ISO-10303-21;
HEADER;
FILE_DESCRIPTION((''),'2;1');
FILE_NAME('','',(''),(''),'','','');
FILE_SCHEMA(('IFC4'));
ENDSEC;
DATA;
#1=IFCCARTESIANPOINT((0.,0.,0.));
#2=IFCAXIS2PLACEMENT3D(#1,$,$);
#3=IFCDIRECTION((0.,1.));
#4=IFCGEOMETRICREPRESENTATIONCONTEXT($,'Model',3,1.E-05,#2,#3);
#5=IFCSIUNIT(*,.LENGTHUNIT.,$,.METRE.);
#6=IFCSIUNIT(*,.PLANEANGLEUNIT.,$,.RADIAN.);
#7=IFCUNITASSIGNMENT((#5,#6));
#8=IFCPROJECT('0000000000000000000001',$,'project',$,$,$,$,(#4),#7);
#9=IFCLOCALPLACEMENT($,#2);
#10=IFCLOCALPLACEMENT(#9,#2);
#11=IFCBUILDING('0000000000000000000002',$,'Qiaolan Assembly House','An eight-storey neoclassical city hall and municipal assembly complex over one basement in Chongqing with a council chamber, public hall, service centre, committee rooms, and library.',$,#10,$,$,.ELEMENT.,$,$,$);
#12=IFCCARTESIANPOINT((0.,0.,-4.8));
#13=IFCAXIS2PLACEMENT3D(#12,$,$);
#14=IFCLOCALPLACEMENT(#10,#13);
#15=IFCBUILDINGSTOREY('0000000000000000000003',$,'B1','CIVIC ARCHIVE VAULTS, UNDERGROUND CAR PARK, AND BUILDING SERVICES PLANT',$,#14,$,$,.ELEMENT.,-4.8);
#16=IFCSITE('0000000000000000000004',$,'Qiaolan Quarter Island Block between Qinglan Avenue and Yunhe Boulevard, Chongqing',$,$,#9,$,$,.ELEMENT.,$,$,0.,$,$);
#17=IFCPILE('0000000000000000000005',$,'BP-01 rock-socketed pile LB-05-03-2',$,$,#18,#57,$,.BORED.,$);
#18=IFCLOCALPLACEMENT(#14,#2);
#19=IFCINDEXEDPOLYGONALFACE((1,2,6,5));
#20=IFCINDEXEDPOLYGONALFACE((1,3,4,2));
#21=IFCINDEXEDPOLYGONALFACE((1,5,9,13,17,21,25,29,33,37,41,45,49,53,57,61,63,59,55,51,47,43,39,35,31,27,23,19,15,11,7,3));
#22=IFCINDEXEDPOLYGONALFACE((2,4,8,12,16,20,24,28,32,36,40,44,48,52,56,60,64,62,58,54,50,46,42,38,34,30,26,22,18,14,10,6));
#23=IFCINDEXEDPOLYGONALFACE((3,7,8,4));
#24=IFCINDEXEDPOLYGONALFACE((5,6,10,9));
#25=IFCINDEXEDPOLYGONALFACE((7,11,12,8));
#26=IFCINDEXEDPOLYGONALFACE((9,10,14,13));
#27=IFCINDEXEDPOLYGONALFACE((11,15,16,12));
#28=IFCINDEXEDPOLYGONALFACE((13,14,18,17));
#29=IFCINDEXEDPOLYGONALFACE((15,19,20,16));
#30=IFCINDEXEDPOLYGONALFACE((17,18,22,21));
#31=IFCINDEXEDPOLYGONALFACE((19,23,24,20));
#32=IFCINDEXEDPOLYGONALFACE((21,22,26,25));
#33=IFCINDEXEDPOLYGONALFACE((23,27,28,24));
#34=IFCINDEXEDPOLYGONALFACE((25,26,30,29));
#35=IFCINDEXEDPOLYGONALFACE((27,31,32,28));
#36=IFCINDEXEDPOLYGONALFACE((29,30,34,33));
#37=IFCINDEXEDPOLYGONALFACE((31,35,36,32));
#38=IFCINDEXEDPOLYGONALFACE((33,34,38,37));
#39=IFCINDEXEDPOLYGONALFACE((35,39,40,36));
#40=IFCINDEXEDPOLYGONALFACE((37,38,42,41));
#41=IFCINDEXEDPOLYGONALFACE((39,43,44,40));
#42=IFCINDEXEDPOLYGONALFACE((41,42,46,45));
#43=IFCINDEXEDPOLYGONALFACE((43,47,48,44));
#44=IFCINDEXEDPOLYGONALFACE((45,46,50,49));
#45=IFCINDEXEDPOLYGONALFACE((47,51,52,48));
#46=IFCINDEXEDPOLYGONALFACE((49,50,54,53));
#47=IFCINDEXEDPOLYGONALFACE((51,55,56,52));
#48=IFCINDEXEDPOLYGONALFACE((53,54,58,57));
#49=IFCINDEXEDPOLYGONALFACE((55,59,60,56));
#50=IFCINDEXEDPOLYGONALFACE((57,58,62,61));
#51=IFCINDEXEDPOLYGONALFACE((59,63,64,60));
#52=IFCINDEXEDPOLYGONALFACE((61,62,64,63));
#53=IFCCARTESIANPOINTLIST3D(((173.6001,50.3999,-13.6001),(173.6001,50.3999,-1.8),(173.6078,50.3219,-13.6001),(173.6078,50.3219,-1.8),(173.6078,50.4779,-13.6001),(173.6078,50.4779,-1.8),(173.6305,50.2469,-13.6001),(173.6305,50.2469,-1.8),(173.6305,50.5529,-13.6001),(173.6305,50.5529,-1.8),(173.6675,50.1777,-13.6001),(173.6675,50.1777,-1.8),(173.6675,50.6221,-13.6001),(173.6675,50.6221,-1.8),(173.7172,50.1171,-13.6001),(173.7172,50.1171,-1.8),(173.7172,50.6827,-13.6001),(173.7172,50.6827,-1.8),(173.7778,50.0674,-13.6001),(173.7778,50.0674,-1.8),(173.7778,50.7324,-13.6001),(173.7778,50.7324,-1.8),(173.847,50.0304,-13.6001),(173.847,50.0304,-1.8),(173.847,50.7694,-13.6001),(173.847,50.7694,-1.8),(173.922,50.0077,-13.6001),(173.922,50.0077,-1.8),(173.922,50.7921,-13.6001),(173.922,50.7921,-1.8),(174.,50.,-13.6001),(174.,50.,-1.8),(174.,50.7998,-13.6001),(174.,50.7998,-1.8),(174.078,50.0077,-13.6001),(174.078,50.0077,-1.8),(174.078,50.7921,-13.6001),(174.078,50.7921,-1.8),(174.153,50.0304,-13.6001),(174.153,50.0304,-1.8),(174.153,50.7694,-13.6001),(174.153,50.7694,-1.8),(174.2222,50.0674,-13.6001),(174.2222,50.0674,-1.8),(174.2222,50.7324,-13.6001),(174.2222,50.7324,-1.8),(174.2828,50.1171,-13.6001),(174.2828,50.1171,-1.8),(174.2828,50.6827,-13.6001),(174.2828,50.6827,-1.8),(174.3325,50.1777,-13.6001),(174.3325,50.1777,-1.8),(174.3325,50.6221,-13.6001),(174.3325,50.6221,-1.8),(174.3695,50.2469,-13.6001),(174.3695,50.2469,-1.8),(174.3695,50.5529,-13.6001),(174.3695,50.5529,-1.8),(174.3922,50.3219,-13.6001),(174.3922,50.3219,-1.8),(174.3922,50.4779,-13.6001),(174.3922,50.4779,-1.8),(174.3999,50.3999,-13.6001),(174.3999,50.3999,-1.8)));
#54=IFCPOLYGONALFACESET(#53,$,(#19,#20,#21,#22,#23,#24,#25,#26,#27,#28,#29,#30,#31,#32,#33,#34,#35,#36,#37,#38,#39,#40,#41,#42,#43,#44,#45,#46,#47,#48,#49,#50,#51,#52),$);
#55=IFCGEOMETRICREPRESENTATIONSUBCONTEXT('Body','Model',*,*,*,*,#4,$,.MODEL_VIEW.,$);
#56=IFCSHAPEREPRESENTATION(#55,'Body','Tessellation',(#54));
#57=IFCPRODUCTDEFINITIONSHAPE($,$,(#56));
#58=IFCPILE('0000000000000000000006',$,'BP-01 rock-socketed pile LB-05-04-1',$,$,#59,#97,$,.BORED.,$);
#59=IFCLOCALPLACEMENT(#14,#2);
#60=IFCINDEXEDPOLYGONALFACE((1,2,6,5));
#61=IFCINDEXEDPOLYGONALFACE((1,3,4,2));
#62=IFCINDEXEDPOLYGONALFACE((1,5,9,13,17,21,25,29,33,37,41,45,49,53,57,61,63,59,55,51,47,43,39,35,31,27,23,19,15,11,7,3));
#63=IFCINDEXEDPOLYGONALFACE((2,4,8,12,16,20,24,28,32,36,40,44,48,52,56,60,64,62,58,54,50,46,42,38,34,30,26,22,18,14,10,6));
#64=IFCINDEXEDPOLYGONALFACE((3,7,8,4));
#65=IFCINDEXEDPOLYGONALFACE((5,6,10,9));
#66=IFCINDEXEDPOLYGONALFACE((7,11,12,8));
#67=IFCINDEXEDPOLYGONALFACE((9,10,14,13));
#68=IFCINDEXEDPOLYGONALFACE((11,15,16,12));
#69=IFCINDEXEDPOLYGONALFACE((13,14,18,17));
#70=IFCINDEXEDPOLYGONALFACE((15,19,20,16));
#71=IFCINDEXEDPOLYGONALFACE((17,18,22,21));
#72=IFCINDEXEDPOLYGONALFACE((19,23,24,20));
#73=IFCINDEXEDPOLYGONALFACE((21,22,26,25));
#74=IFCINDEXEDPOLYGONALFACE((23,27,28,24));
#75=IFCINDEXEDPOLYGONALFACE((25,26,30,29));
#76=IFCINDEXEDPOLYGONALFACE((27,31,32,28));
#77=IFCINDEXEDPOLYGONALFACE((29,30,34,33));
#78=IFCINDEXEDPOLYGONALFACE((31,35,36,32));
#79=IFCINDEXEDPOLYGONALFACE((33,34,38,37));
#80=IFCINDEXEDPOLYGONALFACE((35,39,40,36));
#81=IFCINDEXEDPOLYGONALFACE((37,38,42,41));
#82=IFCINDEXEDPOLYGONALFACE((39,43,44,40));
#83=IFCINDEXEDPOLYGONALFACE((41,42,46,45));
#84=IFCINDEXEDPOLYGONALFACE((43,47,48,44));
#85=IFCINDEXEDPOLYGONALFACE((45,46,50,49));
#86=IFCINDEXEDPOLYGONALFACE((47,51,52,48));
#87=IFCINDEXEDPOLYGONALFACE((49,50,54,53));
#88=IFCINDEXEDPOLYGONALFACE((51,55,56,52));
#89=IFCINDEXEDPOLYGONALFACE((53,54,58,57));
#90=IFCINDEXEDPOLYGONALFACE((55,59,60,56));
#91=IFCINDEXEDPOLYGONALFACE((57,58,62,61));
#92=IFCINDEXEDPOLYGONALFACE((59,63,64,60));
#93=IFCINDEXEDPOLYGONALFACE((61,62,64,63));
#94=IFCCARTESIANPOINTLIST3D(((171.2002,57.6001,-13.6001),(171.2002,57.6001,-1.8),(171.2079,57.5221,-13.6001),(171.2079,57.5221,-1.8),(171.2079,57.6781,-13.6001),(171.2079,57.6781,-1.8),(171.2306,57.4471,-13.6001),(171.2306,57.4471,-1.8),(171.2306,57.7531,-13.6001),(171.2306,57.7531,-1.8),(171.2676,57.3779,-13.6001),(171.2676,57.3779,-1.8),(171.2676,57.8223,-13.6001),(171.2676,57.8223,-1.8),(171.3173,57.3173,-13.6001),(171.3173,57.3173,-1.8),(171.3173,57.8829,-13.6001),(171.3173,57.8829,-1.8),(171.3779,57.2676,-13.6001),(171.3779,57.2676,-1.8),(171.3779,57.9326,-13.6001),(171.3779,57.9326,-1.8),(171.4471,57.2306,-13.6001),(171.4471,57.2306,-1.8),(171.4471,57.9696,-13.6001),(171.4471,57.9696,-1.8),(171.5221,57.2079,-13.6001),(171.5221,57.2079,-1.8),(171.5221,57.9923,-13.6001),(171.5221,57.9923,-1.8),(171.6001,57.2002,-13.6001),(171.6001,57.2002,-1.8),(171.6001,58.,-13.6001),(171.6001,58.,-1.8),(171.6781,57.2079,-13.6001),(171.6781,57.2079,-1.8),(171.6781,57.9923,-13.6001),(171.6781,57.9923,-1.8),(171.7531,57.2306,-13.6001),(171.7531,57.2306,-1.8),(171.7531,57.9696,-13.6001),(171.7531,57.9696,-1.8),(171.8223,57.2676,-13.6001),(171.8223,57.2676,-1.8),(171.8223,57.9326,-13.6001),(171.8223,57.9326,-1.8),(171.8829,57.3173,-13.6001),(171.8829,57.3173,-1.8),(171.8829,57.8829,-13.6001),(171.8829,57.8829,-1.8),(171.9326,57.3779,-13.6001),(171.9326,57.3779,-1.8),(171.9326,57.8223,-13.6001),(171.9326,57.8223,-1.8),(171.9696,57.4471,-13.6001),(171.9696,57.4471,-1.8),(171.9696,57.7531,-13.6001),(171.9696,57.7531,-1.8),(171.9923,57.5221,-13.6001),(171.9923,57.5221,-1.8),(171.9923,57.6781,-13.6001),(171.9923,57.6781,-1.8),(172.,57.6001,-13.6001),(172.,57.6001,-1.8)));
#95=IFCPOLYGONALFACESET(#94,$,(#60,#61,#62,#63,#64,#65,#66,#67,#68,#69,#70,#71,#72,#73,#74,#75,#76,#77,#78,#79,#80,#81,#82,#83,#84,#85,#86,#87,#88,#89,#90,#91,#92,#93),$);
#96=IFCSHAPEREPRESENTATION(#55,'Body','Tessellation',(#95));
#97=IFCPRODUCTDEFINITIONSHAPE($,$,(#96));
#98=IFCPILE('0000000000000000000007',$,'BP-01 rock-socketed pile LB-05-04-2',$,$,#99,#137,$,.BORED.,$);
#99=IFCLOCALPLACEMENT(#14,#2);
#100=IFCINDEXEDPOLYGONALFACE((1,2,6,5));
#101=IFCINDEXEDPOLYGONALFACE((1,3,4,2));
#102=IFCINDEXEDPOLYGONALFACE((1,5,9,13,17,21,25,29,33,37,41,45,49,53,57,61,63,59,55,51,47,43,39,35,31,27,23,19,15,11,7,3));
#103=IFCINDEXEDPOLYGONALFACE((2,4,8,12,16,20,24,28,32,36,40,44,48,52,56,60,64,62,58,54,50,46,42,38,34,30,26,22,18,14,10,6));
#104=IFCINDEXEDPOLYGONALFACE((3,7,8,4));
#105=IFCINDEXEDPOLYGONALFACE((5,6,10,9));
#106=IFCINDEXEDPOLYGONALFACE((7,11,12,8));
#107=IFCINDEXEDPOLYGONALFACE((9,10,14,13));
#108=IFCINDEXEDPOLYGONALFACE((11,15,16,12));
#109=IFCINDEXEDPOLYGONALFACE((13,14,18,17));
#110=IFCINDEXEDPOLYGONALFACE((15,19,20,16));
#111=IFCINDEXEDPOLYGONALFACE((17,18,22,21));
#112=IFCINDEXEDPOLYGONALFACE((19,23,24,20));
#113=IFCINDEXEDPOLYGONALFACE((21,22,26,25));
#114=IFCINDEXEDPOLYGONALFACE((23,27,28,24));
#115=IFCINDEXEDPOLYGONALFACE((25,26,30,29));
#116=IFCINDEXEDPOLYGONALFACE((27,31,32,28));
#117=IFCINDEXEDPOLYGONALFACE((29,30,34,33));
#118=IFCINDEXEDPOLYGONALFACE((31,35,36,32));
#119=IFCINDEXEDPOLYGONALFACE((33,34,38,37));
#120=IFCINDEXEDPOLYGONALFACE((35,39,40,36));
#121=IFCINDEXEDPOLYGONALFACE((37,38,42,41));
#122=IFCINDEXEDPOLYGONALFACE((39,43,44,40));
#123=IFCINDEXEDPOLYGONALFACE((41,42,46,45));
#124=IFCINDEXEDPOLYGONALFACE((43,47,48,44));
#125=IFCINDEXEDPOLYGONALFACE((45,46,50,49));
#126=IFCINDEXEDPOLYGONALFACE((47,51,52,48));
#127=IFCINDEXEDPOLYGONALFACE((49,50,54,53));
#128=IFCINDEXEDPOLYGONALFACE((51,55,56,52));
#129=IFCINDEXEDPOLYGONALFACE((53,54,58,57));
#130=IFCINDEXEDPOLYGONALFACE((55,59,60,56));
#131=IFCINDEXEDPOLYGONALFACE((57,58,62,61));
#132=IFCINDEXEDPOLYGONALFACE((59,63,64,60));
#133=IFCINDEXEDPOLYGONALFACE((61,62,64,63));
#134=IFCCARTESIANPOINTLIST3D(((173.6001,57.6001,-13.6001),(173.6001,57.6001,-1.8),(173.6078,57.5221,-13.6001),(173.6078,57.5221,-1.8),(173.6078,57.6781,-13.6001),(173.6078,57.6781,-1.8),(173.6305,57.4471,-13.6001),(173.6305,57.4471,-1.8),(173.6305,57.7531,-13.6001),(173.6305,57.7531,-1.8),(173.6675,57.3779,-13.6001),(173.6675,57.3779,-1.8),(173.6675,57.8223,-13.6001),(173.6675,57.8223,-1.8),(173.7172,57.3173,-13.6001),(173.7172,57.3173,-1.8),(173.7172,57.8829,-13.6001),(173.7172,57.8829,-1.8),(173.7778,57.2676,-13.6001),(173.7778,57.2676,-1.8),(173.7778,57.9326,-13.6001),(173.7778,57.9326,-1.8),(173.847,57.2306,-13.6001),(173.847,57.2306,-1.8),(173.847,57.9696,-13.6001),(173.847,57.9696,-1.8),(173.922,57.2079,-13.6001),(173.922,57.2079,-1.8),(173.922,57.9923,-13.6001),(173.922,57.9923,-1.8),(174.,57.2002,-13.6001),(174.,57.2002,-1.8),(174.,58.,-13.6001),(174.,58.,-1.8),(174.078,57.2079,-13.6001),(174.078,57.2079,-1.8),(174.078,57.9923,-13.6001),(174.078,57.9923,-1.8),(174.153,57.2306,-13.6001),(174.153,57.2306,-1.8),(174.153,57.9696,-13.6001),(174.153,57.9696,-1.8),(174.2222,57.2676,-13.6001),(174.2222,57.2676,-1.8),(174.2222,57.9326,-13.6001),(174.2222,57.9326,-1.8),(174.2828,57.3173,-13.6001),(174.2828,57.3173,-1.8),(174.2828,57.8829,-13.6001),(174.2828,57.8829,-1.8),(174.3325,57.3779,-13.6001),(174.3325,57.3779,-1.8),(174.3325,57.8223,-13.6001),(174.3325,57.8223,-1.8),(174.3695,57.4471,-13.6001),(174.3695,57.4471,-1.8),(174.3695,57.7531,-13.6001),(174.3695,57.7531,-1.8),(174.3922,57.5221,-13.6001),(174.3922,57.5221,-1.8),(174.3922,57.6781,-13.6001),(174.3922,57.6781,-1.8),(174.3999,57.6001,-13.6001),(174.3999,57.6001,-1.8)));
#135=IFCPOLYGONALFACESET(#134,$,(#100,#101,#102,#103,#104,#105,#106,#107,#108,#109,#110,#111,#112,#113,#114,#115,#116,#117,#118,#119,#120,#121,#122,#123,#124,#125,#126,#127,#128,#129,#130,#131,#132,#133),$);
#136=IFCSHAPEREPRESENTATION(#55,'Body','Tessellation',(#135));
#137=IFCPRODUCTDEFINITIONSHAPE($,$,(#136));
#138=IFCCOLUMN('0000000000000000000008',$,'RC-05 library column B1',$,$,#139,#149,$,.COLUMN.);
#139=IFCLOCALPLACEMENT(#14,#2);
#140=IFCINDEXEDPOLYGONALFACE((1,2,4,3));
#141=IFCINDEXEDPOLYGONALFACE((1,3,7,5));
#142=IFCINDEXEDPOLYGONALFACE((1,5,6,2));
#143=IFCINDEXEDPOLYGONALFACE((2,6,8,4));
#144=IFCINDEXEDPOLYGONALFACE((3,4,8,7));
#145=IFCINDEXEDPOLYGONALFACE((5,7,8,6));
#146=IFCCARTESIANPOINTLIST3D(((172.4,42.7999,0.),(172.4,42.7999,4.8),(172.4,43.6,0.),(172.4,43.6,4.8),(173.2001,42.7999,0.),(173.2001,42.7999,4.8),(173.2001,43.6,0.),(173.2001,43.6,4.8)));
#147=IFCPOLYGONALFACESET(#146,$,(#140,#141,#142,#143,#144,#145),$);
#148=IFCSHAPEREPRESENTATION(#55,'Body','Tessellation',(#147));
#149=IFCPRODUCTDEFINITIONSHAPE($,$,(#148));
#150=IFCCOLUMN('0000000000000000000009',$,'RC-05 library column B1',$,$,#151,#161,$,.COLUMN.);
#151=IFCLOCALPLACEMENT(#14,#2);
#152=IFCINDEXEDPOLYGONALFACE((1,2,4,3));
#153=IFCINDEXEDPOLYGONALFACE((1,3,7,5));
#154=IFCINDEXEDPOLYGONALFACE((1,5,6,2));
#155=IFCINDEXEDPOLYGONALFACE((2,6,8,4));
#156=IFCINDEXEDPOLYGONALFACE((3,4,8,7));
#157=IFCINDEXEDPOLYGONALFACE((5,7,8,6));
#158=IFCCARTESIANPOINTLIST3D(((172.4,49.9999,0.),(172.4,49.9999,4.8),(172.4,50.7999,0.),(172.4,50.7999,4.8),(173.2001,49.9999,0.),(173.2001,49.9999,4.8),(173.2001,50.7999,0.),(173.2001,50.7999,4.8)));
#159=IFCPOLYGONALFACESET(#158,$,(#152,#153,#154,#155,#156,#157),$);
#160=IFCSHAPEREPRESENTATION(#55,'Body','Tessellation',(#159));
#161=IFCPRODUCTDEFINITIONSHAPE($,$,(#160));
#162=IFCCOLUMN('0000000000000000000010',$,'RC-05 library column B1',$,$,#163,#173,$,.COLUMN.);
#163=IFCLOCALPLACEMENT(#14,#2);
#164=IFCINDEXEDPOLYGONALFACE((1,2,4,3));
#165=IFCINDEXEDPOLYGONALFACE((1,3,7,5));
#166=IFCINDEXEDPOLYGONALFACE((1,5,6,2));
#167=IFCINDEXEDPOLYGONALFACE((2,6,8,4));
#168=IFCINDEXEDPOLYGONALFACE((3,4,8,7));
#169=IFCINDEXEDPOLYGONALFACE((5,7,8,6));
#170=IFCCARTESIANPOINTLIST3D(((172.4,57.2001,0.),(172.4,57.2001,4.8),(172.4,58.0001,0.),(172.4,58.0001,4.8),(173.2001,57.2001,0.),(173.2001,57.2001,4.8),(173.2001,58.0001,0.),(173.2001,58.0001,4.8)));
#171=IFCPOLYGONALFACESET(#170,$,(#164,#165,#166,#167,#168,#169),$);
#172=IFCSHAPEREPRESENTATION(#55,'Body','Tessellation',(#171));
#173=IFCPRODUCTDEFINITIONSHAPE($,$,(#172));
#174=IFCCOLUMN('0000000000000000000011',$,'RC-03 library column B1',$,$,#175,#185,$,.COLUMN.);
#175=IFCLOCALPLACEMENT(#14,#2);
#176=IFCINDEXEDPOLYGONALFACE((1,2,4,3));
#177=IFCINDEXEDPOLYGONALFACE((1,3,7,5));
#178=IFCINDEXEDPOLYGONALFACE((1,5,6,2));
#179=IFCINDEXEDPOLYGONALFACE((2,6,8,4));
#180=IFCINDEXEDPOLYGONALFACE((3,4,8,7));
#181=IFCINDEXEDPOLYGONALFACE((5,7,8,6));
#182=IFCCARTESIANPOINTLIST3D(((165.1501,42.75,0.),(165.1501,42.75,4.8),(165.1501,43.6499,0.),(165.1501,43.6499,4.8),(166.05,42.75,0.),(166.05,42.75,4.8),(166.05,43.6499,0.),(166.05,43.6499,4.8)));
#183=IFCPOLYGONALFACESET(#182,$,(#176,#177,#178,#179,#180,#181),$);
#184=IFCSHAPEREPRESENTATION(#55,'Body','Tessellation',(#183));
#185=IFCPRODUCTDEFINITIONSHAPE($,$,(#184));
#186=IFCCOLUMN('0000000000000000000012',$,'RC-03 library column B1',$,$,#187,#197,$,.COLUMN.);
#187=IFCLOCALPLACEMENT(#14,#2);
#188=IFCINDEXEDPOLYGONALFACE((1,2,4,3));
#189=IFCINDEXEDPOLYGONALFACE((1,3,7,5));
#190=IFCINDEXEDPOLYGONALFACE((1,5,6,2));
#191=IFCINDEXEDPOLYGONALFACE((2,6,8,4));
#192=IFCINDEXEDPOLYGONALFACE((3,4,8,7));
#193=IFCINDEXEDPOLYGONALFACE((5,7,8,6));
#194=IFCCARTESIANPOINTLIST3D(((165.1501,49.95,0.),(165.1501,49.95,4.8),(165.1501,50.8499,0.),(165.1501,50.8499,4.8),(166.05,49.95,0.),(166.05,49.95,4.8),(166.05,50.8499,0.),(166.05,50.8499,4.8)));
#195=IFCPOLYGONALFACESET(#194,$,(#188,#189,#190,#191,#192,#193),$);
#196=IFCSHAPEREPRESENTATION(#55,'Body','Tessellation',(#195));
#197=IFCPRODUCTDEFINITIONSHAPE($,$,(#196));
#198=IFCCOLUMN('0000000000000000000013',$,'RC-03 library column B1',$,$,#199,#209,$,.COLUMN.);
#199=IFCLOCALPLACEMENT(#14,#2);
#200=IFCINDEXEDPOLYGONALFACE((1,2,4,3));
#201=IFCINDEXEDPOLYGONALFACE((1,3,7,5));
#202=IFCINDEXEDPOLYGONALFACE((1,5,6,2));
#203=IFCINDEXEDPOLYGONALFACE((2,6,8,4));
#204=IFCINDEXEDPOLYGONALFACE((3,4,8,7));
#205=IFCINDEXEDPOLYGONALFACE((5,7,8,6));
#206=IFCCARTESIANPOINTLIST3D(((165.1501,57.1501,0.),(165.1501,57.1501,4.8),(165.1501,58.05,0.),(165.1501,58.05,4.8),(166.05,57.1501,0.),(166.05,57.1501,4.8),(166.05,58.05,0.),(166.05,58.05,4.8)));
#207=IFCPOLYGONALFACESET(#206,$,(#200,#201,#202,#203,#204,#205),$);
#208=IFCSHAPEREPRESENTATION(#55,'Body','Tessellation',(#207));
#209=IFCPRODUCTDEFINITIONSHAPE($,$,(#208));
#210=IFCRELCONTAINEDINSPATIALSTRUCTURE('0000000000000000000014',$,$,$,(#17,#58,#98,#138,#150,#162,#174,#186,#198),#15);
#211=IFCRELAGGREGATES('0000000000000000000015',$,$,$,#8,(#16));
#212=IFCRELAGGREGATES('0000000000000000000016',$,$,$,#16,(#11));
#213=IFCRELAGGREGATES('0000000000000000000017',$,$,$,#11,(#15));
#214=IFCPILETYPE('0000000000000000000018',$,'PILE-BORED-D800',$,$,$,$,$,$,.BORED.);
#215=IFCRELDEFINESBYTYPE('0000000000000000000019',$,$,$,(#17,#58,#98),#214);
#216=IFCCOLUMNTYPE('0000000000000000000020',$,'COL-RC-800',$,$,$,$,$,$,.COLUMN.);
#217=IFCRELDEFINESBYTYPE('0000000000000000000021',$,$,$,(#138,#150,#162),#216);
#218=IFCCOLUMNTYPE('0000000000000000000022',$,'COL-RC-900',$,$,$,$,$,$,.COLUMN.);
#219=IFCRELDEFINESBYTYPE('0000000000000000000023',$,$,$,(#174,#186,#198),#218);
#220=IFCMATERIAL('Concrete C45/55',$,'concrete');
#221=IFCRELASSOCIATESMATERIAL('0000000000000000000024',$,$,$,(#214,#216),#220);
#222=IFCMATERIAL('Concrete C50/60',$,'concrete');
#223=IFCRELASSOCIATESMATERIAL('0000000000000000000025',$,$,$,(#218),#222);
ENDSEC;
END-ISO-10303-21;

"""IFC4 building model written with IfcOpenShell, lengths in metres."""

from ifc_helpers import new_model, si_unit, direction, frame, origin, origin_2d, place, context, subcontext, project, spatial, rectangle, circle, extrude, material, material_profile, profile_set, type_object, element, save


model = new_model("IFC4")

# Units and contexts
model_context = context("Model", 3, precision=1e-05, world=origin(), true_north=direction((0.0, 1.0)))
body_context = subcontext(model_context, "Body", "Model", "MODEL_VIEW")
ifc_project = project(units=[si_unit("LENGTHUNIT", "METRE"), si_unit("PLANEANGLEUNIT", "RADIAN")], contexts=[model_context])

# Site, building, storey
site_placement = place(None, origin())
site = spatial("IfcSite", under=ifc_project, at=site_placement, Name="Qiaolan Quarter Island Block between Qinglan Avenue and Yunhe Boulevard, Chongqing", CompositionType="ELEMENT", RefElevation=0.0)
building_placement = place(site_placement, origin())
building = spatial("IfcBuilding", under=site, at=building_placement, Name="Qiaolan Assembly House", Description="An eight-storey neoclassical city hall and municipal assembly complex over one basement in Chongqing with a council chamber, public hall, service centre, committee rooms, and library.", CompositionType="ELEMENT")
storey_placement = place(building_placement, frame((0.0, 0.0, -4.8)))
storey = spatial("IfcBuildingStorey", under=building, at=storey_placement, Name="B1", Description="CIVIC ARCHIVE VAULTS, UNDERGROUND CAR PARK, AND BUILDING SERVICES PLANT", CompositionType="ELEMENT", Elevation=-4.8)

# Piles
ifc_material_1 = material(Name="Concrete C45/55", Category="concrete")
ifc_material_profile_1 = material_profile(ifc_material_1, circle(Radius=0.3999, at=origin_2d()), Name="PILE D800")
ifc_profile_set_1 = profile_set([ifc_material_profile_1], Name="Concrete C45/55")
pile_type = type_object("IfcPileType", Name="PILE-BORED-D800", PredefinedType="BORED", material=ifc_profile_set_1)
for number, where, z_axis, x_axis, name in (
    (1, (174.0, 50.3999, -1.8), (0.0, 0.0, -1.0), (1.0, 0.0, 0.0), "BP-01 rock-socketed pile LB-05-03-2"),
    (2, (171.6001, 57.6001, -1.8), (0.0, 0.0, -1.0), (1.0, 0.0, 0.0), "BP-01 rock-socketed pile LB-05-04-1"),
    (3, (174.0, 57.6001, -1.8), (0.0, 0.0, -1.0), (1.0, 0.0, 0.0), "BP-01 rock-socketed pile LB-05-04-2"),
):
    element("IfcPile", number, at=place(storey_placement, frame(where, z_axis=z_axis, x_axis=x_axis)), inside=storey, type_object=pile_type, Name=name, PredefinedType="BORED", context=body_context, shape_type="SweptSolid", body=[
        extrude(circle(Radius=0.3999, at=origin_2d()), origin(), (0.0, 0.0, 1.0), 11.8),
    ])

# Columns
ifc_material_profile_2 = material_profile(ifc_material_1, rectangle(XDim=0.8, YDim=0.8, at=origin_2d()), Name="RC 800x800")
ifc_profile_set_2 = profile_set([ifc_material_profile_2], Name="Concrete C45/55")
column_type_1 = type_object("IfcColumnType", Name="COL-RC-800", PredefinedType="COLUMN", material=ifc_profile_set_2)
for number, where, z_axis, x_axis, name in (
    (4, (172.8, 43.2, 0.0), (0.0, 0.0, 1.0), (1.0, 0.0, 0.0), "RC-05 library column B1"),
    (5, (172.8, 50.3999, 0.0), (0.0, 0.0, 1.0), (1.0, 0.0, 0.0), "RC-05 library column B1"),
    (6, (172.8, 57.6001, 0.0), (0.0, 0.0, 1.0), (1.0, 0.0, 0.0), "RC-05 library column B1"),
):
    element("IfcColumn", number, at=place(storey_placement, frame(where, z_axis=z_axis, x_axis=x_axis)), inside=storey, type_object=column_type_1, Name=name, PredefinedType="COLUMN", context=body_context, shape_type="SweptSolid", body=[
        extrude(rectangle(XDim=0.8, YDim=0.8, at=origin_2d()), origin(), (0.0, 0.0, 1.0), 4.8),
    ])
ifc_material_2 = material(Name="Concrete C50/60", Category="concrete")
ifc_material_profile_3 = material_profile(ifc_material_2, rectangle(XDim=0.8999, YDim=0.8999, at=origin_2d()), Name="RC 900x900")
ifc_profile_set_3 = profile_set([ifc_material_profile_3], Name="Concrete C50/60")
column_type_2 = type_object("IfcColumnType", Name="COL-RC-900", PredefinedType="COLUMN", material=ifc_profile_set_3)
for number, where, z_axis, x_axis, name in (
    (7, (165.6001, 43.2, 0.0), (0.0, 0.0, 1.0), (1.0, 0.0, 0.0), "RC-03 library column B1"),
    (8, (165.6001, 50.3999, 0.0), (0.0, 0.0, 1.0), (1.0, 0.0, 0.0), "RC-03 library column B1"),
    (9, (165.6001, 57.6001, 0.0), (0.0, 0.0, 1.0), (1.0, 0.0, 0.0), "RC-03 library column B1"),
):
    element("IfcColumn", number, at=place(storey_placement, frame(where, z_axis=z_axis, x_axis=x_axis)), inside=storey, type_object=column_type_2, Name=name, PredefinedType="COLUMN", context=body_context, shape_type="SweptSolid", body=[
        extrude(rectangle(XDim=0.8999, YDim=0.8999, at=origin_2d()), origin(), (0.0, 0.0, 1.0), 4.8),
    ])

save(model, "model.ifc")
